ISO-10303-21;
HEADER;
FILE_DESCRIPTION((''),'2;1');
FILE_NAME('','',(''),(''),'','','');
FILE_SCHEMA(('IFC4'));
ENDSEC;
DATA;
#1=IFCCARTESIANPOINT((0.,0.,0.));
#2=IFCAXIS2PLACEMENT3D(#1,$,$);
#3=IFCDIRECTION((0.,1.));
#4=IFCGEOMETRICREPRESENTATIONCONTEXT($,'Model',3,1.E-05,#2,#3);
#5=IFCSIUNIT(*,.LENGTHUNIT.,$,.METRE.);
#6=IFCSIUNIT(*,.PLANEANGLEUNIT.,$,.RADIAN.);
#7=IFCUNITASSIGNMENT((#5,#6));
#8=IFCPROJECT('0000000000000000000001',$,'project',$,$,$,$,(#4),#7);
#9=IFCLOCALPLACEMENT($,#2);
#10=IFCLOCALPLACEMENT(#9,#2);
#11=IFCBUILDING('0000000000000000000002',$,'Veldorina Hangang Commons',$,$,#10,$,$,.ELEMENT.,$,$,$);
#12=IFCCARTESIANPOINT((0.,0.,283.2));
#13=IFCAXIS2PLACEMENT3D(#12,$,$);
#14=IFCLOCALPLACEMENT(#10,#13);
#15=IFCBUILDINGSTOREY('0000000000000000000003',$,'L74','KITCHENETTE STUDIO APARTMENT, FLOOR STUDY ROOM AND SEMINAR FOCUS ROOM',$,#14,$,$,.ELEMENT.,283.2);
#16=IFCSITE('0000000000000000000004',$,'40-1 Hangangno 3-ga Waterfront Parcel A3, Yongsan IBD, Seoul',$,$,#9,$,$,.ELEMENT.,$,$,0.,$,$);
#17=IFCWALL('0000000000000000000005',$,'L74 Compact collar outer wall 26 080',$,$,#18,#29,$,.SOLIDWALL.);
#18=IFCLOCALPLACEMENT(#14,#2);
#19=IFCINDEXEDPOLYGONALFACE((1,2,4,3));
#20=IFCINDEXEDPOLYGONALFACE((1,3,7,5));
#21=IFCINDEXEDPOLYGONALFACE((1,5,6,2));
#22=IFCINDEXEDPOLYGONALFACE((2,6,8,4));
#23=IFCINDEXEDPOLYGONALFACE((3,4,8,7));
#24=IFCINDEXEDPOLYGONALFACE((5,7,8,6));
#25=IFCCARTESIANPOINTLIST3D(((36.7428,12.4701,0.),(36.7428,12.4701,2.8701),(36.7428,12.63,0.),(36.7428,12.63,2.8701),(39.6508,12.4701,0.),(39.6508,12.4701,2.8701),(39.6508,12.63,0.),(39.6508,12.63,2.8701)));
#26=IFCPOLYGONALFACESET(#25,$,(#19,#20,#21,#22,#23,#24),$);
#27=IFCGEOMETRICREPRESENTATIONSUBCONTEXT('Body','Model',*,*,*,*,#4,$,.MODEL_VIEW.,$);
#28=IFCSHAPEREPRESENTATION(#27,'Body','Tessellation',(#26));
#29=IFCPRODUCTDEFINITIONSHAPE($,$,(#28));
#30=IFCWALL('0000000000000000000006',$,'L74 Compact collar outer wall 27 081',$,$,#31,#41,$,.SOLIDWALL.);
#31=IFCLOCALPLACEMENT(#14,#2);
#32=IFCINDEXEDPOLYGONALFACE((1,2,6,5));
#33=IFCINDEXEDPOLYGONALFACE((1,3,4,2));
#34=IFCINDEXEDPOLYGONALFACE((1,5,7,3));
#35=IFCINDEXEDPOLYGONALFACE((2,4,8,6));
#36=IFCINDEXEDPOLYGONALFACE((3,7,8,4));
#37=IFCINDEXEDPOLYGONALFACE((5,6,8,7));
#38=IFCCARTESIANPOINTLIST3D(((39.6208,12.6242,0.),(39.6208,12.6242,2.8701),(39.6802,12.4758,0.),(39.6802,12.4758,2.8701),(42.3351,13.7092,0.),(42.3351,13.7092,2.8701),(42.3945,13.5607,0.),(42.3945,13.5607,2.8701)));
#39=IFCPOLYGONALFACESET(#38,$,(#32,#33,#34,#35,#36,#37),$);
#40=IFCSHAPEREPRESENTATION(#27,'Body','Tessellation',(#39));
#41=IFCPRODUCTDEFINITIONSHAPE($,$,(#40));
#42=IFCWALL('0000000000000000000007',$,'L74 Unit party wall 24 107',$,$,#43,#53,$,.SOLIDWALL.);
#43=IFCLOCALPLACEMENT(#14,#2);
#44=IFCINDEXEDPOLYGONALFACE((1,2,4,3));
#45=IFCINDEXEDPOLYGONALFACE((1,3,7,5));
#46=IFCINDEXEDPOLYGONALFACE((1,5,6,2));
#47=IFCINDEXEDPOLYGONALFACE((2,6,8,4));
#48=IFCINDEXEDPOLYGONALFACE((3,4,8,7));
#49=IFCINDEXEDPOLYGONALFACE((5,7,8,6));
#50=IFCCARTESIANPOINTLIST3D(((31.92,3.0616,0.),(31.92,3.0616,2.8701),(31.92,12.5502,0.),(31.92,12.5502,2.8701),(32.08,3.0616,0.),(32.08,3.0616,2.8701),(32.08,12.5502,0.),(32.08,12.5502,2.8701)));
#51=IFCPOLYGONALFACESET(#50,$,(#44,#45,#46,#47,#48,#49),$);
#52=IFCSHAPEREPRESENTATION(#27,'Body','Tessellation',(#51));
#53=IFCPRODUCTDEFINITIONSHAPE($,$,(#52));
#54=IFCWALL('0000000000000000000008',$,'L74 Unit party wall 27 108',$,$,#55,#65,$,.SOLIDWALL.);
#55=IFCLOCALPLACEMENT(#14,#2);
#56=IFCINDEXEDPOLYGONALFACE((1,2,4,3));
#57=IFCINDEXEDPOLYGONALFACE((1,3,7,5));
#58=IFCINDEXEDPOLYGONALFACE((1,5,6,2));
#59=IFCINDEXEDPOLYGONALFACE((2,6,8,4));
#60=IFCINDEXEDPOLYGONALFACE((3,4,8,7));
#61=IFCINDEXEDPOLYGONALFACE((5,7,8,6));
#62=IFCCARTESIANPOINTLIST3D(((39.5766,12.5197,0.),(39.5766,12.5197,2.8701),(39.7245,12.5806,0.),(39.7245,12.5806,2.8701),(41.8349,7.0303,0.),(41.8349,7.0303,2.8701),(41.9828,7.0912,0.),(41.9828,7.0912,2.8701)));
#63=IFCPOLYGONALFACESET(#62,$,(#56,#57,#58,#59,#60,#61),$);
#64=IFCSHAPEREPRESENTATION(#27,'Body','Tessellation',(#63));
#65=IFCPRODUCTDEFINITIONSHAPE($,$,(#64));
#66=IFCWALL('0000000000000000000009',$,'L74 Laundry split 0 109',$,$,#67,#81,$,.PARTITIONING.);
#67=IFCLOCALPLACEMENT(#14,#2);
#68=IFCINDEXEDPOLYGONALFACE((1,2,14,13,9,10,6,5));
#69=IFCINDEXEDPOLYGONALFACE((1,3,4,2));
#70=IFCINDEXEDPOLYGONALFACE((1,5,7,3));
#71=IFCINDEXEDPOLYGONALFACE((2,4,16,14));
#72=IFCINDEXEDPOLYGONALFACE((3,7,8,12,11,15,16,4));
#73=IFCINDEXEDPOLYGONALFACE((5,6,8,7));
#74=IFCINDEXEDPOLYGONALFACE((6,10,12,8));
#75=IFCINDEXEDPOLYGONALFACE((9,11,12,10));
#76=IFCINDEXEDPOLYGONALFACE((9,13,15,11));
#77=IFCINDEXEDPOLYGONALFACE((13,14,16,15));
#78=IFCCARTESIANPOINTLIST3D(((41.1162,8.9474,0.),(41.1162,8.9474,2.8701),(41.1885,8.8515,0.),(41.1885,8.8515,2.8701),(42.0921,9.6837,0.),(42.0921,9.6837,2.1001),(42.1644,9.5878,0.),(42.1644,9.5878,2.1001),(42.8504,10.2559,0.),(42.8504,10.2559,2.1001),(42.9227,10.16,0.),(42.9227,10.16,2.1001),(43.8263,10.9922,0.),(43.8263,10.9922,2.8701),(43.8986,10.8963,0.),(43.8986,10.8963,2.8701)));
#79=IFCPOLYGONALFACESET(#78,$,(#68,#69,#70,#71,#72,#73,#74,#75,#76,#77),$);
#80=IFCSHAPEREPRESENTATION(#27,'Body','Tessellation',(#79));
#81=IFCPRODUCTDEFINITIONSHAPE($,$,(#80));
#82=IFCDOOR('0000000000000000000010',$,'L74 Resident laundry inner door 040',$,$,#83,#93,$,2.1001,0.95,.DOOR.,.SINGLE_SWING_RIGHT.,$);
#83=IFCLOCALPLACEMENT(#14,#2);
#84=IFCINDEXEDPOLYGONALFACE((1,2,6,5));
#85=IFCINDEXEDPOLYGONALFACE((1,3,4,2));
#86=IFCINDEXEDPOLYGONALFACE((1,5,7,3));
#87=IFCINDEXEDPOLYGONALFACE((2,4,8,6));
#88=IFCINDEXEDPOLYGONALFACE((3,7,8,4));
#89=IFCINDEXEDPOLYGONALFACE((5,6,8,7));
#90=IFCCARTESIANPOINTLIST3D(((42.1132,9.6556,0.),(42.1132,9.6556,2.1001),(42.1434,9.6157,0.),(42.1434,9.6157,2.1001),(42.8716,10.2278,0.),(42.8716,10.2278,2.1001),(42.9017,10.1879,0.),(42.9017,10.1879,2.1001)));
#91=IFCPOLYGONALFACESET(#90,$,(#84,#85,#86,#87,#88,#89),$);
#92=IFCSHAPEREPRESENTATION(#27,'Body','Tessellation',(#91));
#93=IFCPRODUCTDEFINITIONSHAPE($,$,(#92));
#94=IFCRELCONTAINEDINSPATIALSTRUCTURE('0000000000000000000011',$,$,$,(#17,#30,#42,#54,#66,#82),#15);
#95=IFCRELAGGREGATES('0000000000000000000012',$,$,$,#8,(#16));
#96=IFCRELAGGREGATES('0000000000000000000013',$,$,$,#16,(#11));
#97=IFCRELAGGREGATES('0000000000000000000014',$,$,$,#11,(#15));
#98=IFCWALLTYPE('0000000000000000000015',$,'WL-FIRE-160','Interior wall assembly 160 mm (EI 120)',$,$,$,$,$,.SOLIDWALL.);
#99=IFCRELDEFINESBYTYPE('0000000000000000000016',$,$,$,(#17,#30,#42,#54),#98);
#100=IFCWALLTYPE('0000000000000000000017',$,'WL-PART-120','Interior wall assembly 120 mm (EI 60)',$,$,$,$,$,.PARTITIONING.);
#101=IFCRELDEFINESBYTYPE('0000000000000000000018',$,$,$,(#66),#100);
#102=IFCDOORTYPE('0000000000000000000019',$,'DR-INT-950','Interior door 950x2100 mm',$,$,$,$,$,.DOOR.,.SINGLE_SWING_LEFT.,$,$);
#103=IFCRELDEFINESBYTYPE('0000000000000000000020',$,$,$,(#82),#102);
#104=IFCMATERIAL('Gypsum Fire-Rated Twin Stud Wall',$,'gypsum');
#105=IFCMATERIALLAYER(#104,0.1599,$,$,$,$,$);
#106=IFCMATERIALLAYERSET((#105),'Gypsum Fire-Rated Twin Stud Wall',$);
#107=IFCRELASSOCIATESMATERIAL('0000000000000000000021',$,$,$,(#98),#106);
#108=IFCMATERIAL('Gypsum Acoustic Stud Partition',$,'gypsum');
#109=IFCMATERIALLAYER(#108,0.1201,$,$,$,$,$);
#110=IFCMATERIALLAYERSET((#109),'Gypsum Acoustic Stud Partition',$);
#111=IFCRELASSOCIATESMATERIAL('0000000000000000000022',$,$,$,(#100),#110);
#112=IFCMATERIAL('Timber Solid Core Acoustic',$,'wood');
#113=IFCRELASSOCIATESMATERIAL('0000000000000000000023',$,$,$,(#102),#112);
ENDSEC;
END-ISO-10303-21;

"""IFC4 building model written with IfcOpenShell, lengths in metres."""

from ifc_helpers import new_model, si_unit, direction, frame, frame_2d, origin, place, context, subcontext, project, spatial, rectangle, extrude, material, layer, layer_set, type_object, element, fill, save


model = new_model("IFC4")

# Units and contexts
model_context = context("Model", 3, precision=1e-05, world=origin(), true_north=direction((0.0, 1.0)))
body_context = subcontext(model_context, "Body", "Model", "MODEL_VIEW")
ifc_project = project(units=[si_unit("LENGTHUNIT", "METRE"), si_unit("PLANEANGLEUNIT", "RADIAN")], contexts=[model_context])

# Site, building, storey
site_placement = place(None, origin())
site = spatial("IfcSite", under=ifc_project, at=site_placement, Name="40-1 Hangangno 3-ga Waterfront Parcel A3, Yongsan IBD, Seoul", CompositionType="ELEMENT", RefElevation=0.0)
building_placement = place(site_placement, origin())
building = spatial("IfcBuilding", under=site, at=building_placement, Name="Veldorina Hangang Commons", CompositionType="ELEMENT")
storey_placement = place(building_placement, frame((0.0, 0.0, 283.2)))
storey = spatial("IfcBuildingStorey", under=building, at=storey_placement, Name="L74", Description="KITCHENETTE STUDIO APARTMENT, FLOOR STUDY ROOM AND SEMINAR FOCUS ROOM", CompositionType="ELEMENT", Elevation=283.2)

# Shared definitions
ifc_material_1 = material(Name="Gypsum Fire-Rated Twin Stud Wall", Category="gypsum")
ifc_layer_1 = layer(ifc_material_1, 0.1599)
ifc_layer_set_1 = layer_set([ifc_layer_1], Name="Gypsum Fire-Rated Twin Stud Wall")
wall_type_1 = type_object("IfcWallType", Name="WL-FIRE-160", Description="Interior wall assembly 160 mm (EI 120)", PredefinedType="SOLIDWALL", material=ifc_layer_set_1)

# Shared definitions
ifc_material_2 = material(Name="Timber Solid Core Acoustic", Category="wood")

# Walls
wall_1_placement = place(storey_placement, frame((36.7427, 12.55, 0.0), z_axis=(0.0, 0.0, 1.0), x_axis=(1.0, 0.0, 0.0)))
element("IfcWall", 1, at=wall_1_placement, inside=storey, type_object=wall_type_1, Name="L74 Compact collar outer wall 26 080", PredefinedType="SOLIDWALL", context=body_context, shape_type="SweptSolid", body=[
    extrude(rectangle(XDim=2.908, YDim=0.1599, at=frame_2d((1.4541, 0.0))), origin(), (0.0, 0.0, 1.0), 2.8701),
])
wall_2_placement = place(storey_placement, frame((39.6506, 12.55, 0.0), z_axis=(0.0, 0.0, 1.0), x_axis=(0.928569, 0.37116, 0.0)))
element("IfcWall", 2, at=wall_2_placement, inside=storey, type_object=wall_type_1, Name="L74 Compact collar outer wall 27 081", PredefinedType="SOLIDWALL", context=body_context, shape_type="SweptSolid", body=[
    extrude(rectangle(XDim=2.9231, YDim=0.1599, at=frame_2d((1.4614, 0.0))), origin(), (0.0, 0.0, 1.0), 2.8701),
])
wall_3_placement = place(storey_placement, frame((32.0, 12.55, 0.0), z_axis=(0.0, 0.0, 1.0), x_axis=(0.0, -1.0, 0.0)))
element("IfcWall", 3, at=wall_3_placement, inside=storey, type_object=wall_type_1, Name="L74 Unit party wall 24 107", PredefinedType="SOLIDWALL", context=body_context, shape_type="SweptSolid", body=[
    extrude(rectangle(XDim=9.4885, YDim=0.1599, at=frame_2d((4.7441, 0.0))), origin(), (0.0, 0.0, 1.0), 2.8701),
])
wall_4_placement = place(storey_placement, frame((39.6506, 12.55, 0.0), z_axis=(0.0, 0.0, 1.0), x_axis=(0.38045, -0.924802, 0.0)))
element("IfcWall", 4, at=wall_4_placement, inside=storey, type_object=wall_type_1, Name="L74 Unit party wall 27 108", PredefinedType="SOLIDWALL", context=body_context, shape_type="SweptSolid", body=[
    extrude(rectangle(XDim=5.9358, YDim=0.1599, at=frame_2d((2.9678, 0.0))), origin(), (0.0, 0.0, 1.0), 2.8701),
])

# Wall, opening, door
ifc_material_3 = material(Name="Gypsum Acoustic Stud Partition", Category="gypsum")
ifc_layer_2 = layer(ifc_material_3, 0.1201)
ifc_layer_set_2 = layer_set([ifc_layer_2], Name="Gypsum Acoustic Stud Partition")
wall_type_2 = type_object("IfcWallType", Name="WL-PART-120", Description="Interior wall assembly 120 mm (EI 60)", PredefinedType="PARTITIONING", material=ifc_layer_set_2)
wall_5_placement = place(storey_placement, frame((41.1523, 8.8994, 0.0), z_axis=(0.0, 0.0, 1.0), x_axis=(0.798262, 0.60231, 0.0)))
wall_5 = element("IfcWall", 5, at=wall_5_placement, inside=storey, type_object=wall_type_2, Name="L74 Laundry split 0 109", PredefinedType="PARTITIONING", context=body_context, shape_type="SweptSolid", body=[
    extrude(rectangle(XDim=3.395, YDim=0.1201, at=frame_2d((1.6975, 0.0))), origin(), (0.0, 0.0, 1.0), 2.8701),
])
opening_1_placement = place(wall_5_placement, frame((1.2224, 0.0, 0.0)))
opening_1 = element("IfcOpeningElement", 6, at=opening_1_placement, cuts=wall_5, PredefinedType="OPENING", context=body_context, shape_type="SweptSolid", body=[
    extrude(rectangle(XDim=0.95, YDim=2.1001, at=frame_2d((0.4751, 1.05))), frame((0.0, 0.0701, 0.0), z_axis=(0.0, -1.0, 0.0), x_axis=(1.0, 0.0, 0.0)), (0.0, 0.0, 1.0), 0.1401),
])
door_type_1 = type_object("IfcDoorType", Name="DR-INT-950", Description="Interior door 950x2100 mm", OperationType="SINGLE_SWING_LEFT", PredefinedType="DOOR", material=ifc_material_2)
door_1_placement = place(opening_1_placement, origin())
door_1 = element("IfcDoor", 7, at=door_1_placement, inside=storey, type_object=door_type_1, Name="L74 Resident laundry inner door 040", OperationType="SINGLE_SWING_RIGHT", OverallHeight=2.1001, OverallWidth=0.95, PredefinedType="DOOR", context=body_context, shape_type="SweptSolid", body=[
    extrude(rectangle(XDim=0.95, YDim=2.1001, at=frame_2d((0.4751, 1.05))), frame((0.0, 0.0249, 0.0), z_axis=(0.0, -1.0, 0.0), x_axis=(1.0, 0.0, 0.0)), (0.0, 0.0, 1.0), 0.05),
])
fill(opening_1, door_1)

save(model, "model.ifc")
